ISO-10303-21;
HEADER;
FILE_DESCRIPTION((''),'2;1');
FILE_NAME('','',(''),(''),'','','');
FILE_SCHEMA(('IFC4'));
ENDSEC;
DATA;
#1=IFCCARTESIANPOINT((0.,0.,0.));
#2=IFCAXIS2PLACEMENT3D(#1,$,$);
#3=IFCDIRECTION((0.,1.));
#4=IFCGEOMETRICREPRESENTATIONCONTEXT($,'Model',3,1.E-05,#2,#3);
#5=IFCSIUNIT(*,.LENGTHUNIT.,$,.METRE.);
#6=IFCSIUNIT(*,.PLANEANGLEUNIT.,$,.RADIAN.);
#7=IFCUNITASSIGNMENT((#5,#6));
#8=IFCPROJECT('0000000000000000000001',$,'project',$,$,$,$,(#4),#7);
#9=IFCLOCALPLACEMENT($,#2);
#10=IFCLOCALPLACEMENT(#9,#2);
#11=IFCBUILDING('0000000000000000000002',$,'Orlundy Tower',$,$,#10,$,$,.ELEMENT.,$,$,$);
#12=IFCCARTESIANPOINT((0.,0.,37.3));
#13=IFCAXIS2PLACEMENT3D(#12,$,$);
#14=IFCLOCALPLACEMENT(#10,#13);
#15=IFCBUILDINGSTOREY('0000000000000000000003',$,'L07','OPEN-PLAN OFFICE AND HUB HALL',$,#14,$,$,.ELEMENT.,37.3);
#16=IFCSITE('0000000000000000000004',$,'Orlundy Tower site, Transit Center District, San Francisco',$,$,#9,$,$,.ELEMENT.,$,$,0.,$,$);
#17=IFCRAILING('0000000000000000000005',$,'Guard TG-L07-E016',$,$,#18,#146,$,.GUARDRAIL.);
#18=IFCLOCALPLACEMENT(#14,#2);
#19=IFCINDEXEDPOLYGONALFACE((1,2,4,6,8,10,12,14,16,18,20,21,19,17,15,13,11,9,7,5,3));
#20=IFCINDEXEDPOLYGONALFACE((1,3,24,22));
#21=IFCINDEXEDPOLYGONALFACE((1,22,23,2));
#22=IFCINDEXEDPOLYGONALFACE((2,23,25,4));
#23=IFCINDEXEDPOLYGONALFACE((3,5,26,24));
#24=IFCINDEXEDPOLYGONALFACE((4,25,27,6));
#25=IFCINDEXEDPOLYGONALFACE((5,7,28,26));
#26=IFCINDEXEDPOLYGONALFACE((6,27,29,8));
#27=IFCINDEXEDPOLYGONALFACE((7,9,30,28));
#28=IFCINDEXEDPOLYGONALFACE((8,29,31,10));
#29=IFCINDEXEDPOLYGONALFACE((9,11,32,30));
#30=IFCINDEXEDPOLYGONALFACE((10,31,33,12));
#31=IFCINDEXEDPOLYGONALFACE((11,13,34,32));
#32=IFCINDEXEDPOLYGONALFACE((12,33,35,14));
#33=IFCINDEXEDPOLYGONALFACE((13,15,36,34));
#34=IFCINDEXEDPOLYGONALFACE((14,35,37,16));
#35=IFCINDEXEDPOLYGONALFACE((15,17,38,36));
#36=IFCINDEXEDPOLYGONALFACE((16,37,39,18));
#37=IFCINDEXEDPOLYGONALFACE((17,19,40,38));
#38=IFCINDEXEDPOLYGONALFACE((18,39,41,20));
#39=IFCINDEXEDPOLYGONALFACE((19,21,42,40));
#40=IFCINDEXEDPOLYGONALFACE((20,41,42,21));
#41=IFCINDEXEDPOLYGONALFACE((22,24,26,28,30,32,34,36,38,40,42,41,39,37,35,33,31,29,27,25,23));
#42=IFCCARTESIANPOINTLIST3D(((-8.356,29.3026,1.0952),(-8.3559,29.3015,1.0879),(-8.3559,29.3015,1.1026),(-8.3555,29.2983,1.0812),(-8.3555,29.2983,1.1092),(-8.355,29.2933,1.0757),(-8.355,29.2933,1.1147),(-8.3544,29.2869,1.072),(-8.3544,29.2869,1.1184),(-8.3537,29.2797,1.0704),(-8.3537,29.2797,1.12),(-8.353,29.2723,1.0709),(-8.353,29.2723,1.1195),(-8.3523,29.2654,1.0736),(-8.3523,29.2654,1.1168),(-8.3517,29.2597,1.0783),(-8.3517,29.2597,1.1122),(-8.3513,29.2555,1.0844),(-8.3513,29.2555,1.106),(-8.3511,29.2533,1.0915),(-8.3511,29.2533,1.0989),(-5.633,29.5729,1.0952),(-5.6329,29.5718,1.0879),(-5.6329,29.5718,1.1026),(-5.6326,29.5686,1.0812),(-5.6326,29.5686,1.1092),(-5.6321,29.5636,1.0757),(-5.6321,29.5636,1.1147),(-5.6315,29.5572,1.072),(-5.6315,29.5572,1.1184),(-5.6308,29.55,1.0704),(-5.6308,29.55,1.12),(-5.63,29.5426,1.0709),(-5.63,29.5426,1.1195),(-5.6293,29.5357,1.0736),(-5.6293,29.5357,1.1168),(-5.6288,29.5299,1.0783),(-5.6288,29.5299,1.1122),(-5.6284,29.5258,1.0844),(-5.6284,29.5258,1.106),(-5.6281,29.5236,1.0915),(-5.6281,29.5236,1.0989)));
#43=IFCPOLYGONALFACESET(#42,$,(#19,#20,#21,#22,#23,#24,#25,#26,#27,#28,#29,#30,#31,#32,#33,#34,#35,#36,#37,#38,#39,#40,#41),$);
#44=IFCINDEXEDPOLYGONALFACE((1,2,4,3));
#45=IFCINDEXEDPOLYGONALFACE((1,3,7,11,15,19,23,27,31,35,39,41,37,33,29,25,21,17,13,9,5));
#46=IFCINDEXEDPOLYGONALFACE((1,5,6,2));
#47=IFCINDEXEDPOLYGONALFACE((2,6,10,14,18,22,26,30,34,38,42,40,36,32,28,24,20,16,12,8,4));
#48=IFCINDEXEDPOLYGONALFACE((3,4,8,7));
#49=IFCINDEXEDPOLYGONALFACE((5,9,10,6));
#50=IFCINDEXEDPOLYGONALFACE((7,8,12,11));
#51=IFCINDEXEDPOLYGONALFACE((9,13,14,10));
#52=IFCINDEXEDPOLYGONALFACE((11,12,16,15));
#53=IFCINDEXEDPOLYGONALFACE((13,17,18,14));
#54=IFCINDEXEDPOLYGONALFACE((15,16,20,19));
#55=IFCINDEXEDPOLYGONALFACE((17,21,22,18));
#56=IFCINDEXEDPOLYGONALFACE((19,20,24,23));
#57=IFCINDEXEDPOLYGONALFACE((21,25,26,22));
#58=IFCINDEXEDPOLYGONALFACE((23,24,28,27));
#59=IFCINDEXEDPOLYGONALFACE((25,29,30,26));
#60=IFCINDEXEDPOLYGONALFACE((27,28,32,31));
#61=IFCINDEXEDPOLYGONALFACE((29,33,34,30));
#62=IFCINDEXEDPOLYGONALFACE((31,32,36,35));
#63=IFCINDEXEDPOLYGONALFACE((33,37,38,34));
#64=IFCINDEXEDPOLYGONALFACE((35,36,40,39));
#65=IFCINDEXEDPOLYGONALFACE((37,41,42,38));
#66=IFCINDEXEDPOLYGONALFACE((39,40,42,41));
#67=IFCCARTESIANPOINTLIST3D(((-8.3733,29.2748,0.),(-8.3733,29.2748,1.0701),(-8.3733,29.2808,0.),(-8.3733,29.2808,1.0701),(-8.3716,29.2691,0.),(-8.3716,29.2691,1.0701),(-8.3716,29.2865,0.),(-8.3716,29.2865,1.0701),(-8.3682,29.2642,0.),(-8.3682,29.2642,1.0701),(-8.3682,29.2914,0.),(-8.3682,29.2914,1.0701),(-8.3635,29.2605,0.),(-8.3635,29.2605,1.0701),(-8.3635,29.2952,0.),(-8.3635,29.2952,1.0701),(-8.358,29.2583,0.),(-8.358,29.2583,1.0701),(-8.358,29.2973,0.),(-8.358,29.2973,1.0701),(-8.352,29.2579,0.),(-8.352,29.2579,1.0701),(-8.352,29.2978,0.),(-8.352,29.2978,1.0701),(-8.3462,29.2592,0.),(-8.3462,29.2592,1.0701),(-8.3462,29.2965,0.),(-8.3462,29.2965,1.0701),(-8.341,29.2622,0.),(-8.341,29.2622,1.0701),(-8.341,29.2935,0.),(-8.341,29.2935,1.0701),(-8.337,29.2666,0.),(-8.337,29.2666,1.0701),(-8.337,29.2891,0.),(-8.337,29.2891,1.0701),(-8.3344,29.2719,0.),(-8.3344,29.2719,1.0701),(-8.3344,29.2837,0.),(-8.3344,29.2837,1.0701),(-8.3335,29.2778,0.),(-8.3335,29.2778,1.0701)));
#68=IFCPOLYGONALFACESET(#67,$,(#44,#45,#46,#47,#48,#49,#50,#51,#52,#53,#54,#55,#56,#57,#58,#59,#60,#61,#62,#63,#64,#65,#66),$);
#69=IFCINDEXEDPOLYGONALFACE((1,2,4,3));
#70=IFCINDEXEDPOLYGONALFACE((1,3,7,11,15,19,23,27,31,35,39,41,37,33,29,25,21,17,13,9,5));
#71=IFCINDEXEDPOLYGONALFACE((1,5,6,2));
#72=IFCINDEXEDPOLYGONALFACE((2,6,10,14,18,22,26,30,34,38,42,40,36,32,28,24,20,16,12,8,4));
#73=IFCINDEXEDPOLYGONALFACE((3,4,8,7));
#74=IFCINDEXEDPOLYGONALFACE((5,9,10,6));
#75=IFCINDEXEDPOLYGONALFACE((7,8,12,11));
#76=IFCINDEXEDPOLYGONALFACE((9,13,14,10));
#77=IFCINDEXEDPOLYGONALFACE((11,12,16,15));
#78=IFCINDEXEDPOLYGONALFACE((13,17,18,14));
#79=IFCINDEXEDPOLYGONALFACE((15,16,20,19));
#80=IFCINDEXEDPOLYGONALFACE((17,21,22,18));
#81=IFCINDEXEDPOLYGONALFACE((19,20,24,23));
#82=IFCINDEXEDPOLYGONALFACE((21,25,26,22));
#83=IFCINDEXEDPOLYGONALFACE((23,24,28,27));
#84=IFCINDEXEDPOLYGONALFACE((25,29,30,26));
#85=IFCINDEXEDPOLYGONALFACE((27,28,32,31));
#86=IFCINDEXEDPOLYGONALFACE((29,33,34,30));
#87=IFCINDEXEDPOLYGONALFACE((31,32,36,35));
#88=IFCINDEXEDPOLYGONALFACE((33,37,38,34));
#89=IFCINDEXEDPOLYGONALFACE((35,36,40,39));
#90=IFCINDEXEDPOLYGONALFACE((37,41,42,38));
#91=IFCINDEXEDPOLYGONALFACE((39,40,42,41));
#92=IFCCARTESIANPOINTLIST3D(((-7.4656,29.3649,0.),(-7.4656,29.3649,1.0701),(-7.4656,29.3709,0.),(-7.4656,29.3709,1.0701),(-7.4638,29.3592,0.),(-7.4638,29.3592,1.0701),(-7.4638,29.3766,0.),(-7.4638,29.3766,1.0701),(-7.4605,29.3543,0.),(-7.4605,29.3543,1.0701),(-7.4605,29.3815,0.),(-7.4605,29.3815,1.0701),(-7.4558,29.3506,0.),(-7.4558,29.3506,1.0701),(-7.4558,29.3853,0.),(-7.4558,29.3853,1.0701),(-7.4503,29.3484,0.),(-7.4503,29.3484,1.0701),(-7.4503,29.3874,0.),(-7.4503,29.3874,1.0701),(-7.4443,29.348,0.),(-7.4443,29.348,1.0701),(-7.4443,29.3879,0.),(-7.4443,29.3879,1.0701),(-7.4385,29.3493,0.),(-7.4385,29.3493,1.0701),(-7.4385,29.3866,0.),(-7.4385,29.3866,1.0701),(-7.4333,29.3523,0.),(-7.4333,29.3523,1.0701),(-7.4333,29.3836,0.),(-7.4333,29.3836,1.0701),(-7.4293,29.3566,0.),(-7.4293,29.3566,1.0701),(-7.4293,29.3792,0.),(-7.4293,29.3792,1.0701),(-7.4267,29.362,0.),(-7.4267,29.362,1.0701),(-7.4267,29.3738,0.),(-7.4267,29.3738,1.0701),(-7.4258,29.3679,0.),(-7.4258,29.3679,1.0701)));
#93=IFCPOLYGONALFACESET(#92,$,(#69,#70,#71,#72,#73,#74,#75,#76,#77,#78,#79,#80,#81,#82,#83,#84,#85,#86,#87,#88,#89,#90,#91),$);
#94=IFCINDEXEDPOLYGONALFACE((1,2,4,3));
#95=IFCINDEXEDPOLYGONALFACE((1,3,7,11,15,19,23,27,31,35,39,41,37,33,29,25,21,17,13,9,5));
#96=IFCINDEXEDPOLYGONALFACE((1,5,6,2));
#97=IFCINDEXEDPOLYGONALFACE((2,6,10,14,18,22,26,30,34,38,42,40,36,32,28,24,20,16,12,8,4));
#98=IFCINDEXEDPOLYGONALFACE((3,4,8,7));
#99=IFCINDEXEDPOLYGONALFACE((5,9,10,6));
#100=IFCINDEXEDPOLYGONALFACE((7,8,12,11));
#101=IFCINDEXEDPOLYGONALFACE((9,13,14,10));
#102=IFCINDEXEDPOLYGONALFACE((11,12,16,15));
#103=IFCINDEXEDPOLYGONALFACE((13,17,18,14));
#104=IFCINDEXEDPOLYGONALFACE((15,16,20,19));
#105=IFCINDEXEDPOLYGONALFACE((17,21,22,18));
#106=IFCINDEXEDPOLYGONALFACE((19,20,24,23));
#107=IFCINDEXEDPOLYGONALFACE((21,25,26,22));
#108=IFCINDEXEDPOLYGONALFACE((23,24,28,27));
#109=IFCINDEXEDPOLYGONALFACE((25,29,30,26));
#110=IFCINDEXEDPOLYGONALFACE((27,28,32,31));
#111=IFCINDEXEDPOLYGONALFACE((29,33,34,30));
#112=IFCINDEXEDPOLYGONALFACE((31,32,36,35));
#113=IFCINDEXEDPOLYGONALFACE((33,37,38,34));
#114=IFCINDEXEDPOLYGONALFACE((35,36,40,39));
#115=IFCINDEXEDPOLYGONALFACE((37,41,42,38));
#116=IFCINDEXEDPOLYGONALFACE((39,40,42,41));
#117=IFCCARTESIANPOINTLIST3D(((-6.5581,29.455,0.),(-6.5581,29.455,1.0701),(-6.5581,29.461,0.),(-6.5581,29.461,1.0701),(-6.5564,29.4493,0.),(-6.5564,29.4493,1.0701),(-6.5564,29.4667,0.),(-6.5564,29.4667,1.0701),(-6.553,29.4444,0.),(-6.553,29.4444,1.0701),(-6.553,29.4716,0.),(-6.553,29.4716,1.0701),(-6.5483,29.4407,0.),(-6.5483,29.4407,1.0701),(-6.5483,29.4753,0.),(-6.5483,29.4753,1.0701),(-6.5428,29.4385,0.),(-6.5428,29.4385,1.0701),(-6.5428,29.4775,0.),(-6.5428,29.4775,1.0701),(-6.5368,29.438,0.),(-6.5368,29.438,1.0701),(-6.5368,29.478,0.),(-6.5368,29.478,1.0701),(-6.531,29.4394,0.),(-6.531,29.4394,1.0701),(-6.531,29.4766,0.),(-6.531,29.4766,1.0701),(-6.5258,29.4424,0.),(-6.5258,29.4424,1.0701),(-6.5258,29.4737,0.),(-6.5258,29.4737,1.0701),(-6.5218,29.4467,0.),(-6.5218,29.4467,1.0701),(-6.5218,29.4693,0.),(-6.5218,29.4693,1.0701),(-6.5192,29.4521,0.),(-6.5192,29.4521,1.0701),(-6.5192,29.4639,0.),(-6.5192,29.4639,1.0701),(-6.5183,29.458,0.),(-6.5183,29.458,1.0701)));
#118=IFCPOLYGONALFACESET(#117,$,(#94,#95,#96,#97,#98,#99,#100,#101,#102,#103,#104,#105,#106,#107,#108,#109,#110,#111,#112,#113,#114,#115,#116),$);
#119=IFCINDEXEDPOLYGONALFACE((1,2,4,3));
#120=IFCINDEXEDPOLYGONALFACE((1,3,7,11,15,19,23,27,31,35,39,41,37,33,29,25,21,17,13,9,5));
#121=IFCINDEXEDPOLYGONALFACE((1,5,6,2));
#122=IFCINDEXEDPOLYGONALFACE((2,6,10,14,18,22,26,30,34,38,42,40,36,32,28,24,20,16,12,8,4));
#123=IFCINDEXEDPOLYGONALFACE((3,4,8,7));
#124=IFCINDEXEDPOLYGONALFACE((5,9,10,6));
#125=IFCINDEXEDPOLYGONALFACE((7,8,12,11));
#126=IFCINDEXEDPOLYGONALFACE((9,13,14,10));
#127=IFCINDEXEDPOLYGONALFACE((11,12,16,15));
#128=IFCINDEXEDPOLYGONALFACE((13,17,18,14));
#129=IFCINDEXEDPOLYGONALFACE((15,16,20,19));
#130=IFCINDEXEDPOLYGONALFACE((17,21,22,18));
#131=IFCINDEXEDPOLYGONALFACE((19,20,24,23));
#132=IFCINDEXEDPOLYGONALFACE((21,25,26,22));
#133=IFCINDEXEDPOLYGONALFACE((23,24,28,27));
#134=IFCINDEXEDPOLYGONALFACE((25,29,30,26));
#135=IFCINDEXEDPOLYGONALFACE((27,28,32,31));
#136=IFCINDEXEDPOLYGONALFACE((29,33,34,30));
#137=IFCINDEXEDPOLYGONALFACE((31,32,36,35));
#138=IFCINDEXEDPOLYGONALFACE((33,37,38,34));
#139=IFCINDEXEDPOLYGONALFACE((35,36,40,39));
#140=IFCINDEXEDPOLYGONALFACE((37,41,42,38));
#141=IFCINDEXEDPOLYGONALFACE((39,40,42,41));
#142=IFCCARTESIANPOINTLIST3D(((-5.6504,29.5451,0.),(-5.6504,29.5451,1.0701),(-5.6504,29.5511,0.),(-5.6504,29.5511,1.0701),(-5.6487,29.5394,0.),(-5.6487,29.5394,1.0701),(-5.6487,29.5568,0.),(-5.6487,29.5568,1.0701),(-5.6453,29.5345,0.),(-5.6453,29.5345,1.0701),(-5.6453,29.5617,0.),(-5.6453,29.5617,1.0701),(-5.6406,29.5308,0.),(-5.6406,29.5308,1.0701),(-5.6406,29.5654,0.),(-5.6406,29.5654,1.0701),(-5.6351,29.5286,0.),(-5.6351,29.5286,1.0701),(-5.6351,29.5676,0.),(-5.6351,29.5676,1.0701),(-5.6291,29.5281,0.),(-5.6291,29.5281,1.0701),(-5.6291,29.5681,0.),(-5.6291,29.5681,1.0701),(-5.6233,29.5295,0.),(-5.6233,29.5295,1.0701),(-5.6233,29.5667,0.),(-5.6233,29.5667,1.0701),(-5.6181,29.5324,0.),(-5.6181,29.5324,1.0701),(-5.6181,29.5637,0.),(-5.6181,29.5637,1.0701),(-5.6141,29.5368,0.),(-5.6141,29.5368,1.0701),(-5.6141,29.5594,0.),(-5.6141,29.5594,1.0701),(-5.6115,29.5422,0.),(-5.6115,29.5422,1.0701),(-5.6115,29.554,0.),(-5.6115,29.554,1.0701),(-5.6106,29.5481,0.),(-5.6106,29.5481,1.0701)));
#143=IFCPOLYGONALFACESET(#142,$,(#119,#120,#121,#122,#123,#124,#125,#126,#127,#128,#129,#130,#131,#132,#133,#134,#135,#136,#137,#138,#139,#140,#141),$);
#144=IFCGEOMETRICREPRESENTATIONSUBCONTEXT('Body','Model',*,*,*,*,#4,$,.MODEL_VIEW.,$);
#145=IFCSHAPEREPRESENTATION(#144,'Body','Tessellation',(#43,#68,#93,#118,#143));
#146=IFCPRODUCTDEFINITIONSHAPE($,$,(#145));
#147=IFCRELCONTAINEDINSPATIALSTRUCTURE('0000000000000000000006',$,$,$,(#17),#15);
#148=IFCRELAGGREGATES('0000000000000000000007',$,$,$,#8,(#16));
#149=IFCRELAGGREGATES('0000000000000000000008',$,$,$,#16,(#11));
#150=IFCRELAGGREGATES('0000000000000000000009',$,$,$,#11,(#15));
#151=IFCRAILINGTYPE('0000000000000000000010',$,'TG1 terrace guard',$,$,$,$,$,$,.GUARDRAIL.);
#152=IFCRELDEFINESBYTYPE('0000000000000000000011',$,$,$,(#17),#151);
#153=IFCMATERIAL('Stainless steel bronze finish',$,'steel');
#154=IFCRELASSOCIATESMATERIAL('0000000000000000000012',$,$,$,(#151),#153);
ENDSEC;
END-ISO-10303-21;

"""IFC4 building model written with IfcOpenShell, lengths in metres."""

from ifc_helpers import new_model, si_unit, direction, frame, origin, origin_2d, place, context, subcontext, project, spatial, circle, extrude, material, type_object, element, save


model = new_model("IFC4")

# Units and contexts
model_context = context("Model", 3, precision=1e-05, world=origin(), true_north=direction((0.0, 1.0)))
body_context = subcontext(model_context, "Body", "Model", "MODEL_VIEW")
ifc_project = project(units=[si_unit("LENGTHUNIT", "METRE"), si_unit("PLANEANGLEUNIT", "RADIAN")], contexts=[model_context])

# Site, building, storey
site_placement = place(None, origin())
site = spatial("IfcSite", under=ifc_project, at=site_placement, Name="Orlundy Tower site, Transit Center District, San Francisco", CompositionType="ELEMENT", RefElevation=0.0)
building_placement = place(site_placement, origin())
building = spatial("IfcBuilding", under=site, at=building_placement, Name="Orlundy Tower", CompositionType="ELEMENT")
storey_placement = place(building_placement, frame((0.0, 0.0, 37.3)))
storey = spatial("IfcBuildingStorey", under=building, at=storey_placement, Name="L07", Description="OPEN-PLAN OFFICE AND HUB HALL", CompositionType="ELEMENT", Elevation=37.3)

# Railing
ifc_material_1 = material(Name="Stainless steel bronze finish", Category="steel")
railing_type_1 = type_object("IfcRailingType", Name="TG1 terrace guard", PredefinedType="GUARDRAIL", material=ifc_material_1)
railing_1_placement = place(storey_placement, frame((-8.3535, 29.2778, 0.0)))
element("IfcRailing", 1, at=railing_1_placement, inside=storey, type_object=railing_type_1, Name="Guard TG-L07-E016", PredefinedType="GUARDRAIL", context=body_context, shape_type="SweptSolid", body=[
    extrude(circle(Radius=0.0249, at=origin_2d()), frame((0.0, 0.0, 1.0952), z_axis=(0.99511, 0.09877, 0.0), x_axis=(-0.09877, 0.99511, 0.0)), (0.0, 0.0, 1.0), 2.7363),
    extrude(circle(Radius=0.02, at=origin_2d()), origin(), (0.0, 0.0, 1.0), 1.0701),
    extrude(circle(Radius=0.02, at=origin_2d()), frame((0.9077, 0.0901, 0.0)), (0.0, 0.0, 1.0), 1.0701),
    extrude(circle(Radius=0.02, at=origin_2d()), frame((1.8152, 0.1802, 0.0)), (0.0, 0.0, 1.0), 1.0701),
    extrude(circle(Radius=0.02, at=origin_2d()), frame((2.7229, 0.2703, 0.0)), (0.0, 0.0, 1.0), 1.0701),
])

save(model, "model.ifc")
